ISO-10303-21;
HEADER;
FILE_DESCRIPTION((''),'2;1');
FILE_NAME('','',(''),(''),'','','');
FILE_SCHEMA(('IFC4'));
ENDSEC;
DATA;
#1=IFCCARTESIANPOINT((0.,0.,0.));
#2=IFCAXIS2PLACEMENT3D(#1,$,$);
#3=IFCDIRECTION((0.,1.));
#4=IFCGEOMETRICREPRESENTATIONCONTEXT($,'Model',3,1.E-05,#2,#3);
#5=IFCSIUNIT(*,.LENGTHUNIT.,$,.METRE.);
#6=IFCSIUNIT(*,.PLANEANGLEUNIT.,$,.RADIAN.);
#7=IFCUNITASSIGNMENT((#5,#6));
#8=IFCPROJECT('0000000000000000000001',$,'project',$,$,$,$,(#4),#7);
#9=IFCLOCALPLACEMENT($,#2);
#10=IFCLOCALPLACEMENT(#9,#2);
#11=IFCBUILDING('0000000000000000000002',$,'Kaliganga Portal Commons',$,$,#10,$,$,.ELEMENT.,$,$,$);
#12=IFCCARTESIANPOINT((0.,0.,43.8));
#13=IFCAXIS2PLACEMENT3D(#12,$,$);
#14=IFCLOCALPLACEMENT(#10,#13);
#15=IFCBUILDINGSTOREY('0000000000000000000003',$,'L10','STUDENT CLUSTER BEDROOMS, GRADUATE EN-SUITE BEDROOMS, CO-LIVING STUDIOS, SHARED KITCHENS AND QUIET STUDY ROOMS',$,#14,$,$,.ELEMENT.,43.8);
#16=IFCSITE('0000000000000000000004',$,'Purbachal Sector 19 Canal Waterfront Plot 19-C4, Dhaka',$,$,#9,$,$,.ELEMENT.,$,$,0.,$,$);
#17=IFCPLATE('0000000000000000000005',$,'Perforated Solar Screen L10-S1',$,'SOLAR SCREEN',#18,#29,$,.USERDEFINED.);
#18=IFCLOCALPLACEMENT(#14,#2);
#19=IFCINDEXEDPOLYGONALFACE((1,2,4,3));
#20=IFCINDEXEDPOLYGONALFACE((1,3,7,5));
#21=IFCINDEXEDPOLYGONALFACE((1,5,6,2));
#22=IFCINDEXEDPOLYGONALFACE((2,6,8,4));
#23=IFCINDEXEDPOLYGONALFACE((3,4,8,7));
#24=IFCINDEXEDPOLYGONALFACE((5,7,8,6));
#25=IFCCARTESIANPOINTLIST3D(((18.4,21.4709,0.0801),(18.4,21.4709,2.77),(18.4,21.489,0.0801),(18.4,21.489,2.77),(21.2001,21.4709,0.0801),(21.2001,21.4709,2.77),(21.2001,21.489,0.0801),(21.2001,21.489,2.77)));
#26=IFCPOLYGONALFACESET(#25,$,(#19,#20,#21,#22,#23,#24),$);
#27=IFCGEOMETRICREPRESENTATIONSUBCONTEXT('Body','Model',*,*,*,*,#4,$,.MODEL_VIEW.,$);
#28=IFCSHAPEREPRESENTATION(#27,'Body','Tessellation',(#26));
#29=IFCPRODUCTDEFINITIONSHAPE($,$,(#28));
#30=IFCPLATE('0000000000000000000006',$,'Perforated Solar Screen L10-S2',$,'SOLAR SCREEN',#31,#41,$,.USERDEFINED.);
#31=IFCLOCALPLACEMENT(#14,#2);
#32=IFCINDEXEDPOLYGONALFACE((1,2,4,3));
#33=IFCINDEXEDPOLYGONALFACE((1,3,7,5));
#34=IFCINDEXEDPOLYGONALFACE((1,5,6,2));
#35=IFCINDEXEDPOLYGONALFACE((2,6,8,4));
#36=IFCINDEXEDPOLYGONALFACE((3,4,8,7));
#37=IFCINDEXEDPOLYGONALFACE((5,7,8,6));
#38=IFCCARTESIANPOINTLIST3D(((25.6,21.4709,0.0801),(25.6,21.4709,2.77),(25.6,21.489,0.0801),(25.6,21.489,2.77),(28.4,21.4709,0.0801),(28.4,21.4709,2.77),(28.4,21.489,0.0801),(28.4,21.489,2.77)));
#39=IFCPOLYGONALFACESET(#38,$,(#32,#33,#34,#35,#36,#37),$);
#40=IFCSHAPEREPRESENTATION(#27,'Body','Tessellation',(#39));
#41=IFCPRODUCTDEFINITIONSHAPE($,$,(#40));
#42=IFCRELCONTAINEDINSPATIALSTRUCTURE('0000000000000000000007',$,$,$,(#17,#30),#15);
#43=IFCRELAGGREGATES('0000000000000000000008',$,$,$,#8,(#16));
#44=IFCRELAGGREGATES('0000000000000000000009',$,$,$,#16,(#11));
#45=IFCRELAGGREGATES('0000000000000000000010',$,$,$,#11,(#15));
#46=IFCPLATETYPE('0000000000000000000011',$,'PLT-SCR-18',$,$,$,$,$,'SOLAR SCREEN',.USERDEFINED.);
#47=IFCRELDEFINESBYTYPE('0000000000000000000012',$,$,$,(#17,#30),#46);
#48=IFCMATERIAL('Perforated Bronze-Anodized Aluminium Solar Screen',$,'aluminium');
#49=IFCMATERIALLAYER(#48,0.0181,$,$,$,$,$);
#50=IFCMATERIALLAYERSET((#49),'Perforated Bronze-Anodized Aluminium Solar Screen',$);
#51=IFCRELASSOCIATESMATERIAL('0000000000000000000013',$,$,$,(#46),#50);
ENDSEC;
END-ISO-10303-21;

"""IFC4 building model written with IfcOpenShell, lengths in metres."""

from ifc_helpers import new_model, si_unit, direction, frame, origin, origin_2d, place, context, subcontext, project, spatial, rectangle, extrude, source, transform, mapped, material, layer, layer_set, type_object, element, save


model = new_model("IFC4")

# Units and contexts
model_context = context("Model", 3, precision=1e-05, world=origin(), true_north=direction((0.0, 1.0)))
body_context = subcontext(model_context, "Body", "Model", "MODEL_VIEW")
ifc_project = project(units=[si_unit("LENGTHUNIT", "METRE"), si_unit("PLANEANGLEUNIT", "RADIAN")], contexts=[model_context])

# Site, building, storey
site_placement = place(None, origin())
site = spatial("IfcSite", under=ifc_project, at=site_placement, Name="Purbachal Sector 19 Canal Waterfront Plot 19-C4, Dhaka", CompositionType="ELEMENT", RefElevation=0.0)
building_placement = place(site_placement, origin())
building = spatial("IfcBuilding", under=site, at=building_placement, Name="Kaliganga Portal Commons", CompositionType="ELEMENT")
storey_placement = place(building_placement, frame((0.0, 0.0, 43.8)))
storey = spatial("IfcBuildingStorey", under=building, at=storey_placement, Name="L10", Description="STUDENT CLUSTER BEDROOMS, GRADUATE EN-SUITE BEDROOMS, CO-LIVING STUDIOS, SHARED KITCHENS AND QUIET STUDY ROOMS", CompositionType="ELEMENT", Elevation=43.8)

# Plates
ifc_material_1 = material(Name="Perforated Bronze-Anodized Aluminium Solar Screen", Category="aluminium")
ifc_layer_1 = layer(ifc_material_1, 0.0181)
ifc_layer_set_1 = layer_set([ifc_layer_1], Name="Perforated Bronze-Anodized Aluminium Solar Screen")
plate_type_1 = type_object("IfcPlateType", Name="PLT-SCR-18", ElementType="SOLAR SCREEN", PredefinedType="USERDEFINED", material=ifc_layer_set_1)
shared_shape_1 = source(origin(), body_context, "Body", "SweptSolid", [
    extrude(rectangle(XDim=2.8, YDim=0.0181, at=origin_2d()), origin(), (0.0, 0.0, 1.0), 2.6899),
])
for number, where, z_axis, x_axis, name in (
    (1, (19.8, 21.48, 0.0801), (0.0, 0.0, 1.0), (1.0, 0.0, 0.0), "Perforated Solar Screen L10-S1"),
    (2, (27.0, 21.48, 0.0801), (0.0, 0.0, 1.0), (1.0, 0.0, 0.0), "Perforated Solar Screen L10-S2"),
):
    element("IfcPlate", number, at=place(storey_placement, frame(where, z_axis=z_axis, x_axis=x_axis)), inside=storey, type_object=plate_type_1, Name=name, ObjectType="SOLAR SCREEN", PredefinedType="USERDEFINED", context=body_context, shape_type="MappedRepresentation", body=[
        mapped(shared_shape_1, transform((0.0, 0.0, 0.0), x_axis=(1.0, 0.0, 0.0), y_axis=(0.0, 1.0, 0.0), z_axis=(0.0, 0.0, 1.0), scale=1.0)),
    ])

save(model, "model.ifc")
